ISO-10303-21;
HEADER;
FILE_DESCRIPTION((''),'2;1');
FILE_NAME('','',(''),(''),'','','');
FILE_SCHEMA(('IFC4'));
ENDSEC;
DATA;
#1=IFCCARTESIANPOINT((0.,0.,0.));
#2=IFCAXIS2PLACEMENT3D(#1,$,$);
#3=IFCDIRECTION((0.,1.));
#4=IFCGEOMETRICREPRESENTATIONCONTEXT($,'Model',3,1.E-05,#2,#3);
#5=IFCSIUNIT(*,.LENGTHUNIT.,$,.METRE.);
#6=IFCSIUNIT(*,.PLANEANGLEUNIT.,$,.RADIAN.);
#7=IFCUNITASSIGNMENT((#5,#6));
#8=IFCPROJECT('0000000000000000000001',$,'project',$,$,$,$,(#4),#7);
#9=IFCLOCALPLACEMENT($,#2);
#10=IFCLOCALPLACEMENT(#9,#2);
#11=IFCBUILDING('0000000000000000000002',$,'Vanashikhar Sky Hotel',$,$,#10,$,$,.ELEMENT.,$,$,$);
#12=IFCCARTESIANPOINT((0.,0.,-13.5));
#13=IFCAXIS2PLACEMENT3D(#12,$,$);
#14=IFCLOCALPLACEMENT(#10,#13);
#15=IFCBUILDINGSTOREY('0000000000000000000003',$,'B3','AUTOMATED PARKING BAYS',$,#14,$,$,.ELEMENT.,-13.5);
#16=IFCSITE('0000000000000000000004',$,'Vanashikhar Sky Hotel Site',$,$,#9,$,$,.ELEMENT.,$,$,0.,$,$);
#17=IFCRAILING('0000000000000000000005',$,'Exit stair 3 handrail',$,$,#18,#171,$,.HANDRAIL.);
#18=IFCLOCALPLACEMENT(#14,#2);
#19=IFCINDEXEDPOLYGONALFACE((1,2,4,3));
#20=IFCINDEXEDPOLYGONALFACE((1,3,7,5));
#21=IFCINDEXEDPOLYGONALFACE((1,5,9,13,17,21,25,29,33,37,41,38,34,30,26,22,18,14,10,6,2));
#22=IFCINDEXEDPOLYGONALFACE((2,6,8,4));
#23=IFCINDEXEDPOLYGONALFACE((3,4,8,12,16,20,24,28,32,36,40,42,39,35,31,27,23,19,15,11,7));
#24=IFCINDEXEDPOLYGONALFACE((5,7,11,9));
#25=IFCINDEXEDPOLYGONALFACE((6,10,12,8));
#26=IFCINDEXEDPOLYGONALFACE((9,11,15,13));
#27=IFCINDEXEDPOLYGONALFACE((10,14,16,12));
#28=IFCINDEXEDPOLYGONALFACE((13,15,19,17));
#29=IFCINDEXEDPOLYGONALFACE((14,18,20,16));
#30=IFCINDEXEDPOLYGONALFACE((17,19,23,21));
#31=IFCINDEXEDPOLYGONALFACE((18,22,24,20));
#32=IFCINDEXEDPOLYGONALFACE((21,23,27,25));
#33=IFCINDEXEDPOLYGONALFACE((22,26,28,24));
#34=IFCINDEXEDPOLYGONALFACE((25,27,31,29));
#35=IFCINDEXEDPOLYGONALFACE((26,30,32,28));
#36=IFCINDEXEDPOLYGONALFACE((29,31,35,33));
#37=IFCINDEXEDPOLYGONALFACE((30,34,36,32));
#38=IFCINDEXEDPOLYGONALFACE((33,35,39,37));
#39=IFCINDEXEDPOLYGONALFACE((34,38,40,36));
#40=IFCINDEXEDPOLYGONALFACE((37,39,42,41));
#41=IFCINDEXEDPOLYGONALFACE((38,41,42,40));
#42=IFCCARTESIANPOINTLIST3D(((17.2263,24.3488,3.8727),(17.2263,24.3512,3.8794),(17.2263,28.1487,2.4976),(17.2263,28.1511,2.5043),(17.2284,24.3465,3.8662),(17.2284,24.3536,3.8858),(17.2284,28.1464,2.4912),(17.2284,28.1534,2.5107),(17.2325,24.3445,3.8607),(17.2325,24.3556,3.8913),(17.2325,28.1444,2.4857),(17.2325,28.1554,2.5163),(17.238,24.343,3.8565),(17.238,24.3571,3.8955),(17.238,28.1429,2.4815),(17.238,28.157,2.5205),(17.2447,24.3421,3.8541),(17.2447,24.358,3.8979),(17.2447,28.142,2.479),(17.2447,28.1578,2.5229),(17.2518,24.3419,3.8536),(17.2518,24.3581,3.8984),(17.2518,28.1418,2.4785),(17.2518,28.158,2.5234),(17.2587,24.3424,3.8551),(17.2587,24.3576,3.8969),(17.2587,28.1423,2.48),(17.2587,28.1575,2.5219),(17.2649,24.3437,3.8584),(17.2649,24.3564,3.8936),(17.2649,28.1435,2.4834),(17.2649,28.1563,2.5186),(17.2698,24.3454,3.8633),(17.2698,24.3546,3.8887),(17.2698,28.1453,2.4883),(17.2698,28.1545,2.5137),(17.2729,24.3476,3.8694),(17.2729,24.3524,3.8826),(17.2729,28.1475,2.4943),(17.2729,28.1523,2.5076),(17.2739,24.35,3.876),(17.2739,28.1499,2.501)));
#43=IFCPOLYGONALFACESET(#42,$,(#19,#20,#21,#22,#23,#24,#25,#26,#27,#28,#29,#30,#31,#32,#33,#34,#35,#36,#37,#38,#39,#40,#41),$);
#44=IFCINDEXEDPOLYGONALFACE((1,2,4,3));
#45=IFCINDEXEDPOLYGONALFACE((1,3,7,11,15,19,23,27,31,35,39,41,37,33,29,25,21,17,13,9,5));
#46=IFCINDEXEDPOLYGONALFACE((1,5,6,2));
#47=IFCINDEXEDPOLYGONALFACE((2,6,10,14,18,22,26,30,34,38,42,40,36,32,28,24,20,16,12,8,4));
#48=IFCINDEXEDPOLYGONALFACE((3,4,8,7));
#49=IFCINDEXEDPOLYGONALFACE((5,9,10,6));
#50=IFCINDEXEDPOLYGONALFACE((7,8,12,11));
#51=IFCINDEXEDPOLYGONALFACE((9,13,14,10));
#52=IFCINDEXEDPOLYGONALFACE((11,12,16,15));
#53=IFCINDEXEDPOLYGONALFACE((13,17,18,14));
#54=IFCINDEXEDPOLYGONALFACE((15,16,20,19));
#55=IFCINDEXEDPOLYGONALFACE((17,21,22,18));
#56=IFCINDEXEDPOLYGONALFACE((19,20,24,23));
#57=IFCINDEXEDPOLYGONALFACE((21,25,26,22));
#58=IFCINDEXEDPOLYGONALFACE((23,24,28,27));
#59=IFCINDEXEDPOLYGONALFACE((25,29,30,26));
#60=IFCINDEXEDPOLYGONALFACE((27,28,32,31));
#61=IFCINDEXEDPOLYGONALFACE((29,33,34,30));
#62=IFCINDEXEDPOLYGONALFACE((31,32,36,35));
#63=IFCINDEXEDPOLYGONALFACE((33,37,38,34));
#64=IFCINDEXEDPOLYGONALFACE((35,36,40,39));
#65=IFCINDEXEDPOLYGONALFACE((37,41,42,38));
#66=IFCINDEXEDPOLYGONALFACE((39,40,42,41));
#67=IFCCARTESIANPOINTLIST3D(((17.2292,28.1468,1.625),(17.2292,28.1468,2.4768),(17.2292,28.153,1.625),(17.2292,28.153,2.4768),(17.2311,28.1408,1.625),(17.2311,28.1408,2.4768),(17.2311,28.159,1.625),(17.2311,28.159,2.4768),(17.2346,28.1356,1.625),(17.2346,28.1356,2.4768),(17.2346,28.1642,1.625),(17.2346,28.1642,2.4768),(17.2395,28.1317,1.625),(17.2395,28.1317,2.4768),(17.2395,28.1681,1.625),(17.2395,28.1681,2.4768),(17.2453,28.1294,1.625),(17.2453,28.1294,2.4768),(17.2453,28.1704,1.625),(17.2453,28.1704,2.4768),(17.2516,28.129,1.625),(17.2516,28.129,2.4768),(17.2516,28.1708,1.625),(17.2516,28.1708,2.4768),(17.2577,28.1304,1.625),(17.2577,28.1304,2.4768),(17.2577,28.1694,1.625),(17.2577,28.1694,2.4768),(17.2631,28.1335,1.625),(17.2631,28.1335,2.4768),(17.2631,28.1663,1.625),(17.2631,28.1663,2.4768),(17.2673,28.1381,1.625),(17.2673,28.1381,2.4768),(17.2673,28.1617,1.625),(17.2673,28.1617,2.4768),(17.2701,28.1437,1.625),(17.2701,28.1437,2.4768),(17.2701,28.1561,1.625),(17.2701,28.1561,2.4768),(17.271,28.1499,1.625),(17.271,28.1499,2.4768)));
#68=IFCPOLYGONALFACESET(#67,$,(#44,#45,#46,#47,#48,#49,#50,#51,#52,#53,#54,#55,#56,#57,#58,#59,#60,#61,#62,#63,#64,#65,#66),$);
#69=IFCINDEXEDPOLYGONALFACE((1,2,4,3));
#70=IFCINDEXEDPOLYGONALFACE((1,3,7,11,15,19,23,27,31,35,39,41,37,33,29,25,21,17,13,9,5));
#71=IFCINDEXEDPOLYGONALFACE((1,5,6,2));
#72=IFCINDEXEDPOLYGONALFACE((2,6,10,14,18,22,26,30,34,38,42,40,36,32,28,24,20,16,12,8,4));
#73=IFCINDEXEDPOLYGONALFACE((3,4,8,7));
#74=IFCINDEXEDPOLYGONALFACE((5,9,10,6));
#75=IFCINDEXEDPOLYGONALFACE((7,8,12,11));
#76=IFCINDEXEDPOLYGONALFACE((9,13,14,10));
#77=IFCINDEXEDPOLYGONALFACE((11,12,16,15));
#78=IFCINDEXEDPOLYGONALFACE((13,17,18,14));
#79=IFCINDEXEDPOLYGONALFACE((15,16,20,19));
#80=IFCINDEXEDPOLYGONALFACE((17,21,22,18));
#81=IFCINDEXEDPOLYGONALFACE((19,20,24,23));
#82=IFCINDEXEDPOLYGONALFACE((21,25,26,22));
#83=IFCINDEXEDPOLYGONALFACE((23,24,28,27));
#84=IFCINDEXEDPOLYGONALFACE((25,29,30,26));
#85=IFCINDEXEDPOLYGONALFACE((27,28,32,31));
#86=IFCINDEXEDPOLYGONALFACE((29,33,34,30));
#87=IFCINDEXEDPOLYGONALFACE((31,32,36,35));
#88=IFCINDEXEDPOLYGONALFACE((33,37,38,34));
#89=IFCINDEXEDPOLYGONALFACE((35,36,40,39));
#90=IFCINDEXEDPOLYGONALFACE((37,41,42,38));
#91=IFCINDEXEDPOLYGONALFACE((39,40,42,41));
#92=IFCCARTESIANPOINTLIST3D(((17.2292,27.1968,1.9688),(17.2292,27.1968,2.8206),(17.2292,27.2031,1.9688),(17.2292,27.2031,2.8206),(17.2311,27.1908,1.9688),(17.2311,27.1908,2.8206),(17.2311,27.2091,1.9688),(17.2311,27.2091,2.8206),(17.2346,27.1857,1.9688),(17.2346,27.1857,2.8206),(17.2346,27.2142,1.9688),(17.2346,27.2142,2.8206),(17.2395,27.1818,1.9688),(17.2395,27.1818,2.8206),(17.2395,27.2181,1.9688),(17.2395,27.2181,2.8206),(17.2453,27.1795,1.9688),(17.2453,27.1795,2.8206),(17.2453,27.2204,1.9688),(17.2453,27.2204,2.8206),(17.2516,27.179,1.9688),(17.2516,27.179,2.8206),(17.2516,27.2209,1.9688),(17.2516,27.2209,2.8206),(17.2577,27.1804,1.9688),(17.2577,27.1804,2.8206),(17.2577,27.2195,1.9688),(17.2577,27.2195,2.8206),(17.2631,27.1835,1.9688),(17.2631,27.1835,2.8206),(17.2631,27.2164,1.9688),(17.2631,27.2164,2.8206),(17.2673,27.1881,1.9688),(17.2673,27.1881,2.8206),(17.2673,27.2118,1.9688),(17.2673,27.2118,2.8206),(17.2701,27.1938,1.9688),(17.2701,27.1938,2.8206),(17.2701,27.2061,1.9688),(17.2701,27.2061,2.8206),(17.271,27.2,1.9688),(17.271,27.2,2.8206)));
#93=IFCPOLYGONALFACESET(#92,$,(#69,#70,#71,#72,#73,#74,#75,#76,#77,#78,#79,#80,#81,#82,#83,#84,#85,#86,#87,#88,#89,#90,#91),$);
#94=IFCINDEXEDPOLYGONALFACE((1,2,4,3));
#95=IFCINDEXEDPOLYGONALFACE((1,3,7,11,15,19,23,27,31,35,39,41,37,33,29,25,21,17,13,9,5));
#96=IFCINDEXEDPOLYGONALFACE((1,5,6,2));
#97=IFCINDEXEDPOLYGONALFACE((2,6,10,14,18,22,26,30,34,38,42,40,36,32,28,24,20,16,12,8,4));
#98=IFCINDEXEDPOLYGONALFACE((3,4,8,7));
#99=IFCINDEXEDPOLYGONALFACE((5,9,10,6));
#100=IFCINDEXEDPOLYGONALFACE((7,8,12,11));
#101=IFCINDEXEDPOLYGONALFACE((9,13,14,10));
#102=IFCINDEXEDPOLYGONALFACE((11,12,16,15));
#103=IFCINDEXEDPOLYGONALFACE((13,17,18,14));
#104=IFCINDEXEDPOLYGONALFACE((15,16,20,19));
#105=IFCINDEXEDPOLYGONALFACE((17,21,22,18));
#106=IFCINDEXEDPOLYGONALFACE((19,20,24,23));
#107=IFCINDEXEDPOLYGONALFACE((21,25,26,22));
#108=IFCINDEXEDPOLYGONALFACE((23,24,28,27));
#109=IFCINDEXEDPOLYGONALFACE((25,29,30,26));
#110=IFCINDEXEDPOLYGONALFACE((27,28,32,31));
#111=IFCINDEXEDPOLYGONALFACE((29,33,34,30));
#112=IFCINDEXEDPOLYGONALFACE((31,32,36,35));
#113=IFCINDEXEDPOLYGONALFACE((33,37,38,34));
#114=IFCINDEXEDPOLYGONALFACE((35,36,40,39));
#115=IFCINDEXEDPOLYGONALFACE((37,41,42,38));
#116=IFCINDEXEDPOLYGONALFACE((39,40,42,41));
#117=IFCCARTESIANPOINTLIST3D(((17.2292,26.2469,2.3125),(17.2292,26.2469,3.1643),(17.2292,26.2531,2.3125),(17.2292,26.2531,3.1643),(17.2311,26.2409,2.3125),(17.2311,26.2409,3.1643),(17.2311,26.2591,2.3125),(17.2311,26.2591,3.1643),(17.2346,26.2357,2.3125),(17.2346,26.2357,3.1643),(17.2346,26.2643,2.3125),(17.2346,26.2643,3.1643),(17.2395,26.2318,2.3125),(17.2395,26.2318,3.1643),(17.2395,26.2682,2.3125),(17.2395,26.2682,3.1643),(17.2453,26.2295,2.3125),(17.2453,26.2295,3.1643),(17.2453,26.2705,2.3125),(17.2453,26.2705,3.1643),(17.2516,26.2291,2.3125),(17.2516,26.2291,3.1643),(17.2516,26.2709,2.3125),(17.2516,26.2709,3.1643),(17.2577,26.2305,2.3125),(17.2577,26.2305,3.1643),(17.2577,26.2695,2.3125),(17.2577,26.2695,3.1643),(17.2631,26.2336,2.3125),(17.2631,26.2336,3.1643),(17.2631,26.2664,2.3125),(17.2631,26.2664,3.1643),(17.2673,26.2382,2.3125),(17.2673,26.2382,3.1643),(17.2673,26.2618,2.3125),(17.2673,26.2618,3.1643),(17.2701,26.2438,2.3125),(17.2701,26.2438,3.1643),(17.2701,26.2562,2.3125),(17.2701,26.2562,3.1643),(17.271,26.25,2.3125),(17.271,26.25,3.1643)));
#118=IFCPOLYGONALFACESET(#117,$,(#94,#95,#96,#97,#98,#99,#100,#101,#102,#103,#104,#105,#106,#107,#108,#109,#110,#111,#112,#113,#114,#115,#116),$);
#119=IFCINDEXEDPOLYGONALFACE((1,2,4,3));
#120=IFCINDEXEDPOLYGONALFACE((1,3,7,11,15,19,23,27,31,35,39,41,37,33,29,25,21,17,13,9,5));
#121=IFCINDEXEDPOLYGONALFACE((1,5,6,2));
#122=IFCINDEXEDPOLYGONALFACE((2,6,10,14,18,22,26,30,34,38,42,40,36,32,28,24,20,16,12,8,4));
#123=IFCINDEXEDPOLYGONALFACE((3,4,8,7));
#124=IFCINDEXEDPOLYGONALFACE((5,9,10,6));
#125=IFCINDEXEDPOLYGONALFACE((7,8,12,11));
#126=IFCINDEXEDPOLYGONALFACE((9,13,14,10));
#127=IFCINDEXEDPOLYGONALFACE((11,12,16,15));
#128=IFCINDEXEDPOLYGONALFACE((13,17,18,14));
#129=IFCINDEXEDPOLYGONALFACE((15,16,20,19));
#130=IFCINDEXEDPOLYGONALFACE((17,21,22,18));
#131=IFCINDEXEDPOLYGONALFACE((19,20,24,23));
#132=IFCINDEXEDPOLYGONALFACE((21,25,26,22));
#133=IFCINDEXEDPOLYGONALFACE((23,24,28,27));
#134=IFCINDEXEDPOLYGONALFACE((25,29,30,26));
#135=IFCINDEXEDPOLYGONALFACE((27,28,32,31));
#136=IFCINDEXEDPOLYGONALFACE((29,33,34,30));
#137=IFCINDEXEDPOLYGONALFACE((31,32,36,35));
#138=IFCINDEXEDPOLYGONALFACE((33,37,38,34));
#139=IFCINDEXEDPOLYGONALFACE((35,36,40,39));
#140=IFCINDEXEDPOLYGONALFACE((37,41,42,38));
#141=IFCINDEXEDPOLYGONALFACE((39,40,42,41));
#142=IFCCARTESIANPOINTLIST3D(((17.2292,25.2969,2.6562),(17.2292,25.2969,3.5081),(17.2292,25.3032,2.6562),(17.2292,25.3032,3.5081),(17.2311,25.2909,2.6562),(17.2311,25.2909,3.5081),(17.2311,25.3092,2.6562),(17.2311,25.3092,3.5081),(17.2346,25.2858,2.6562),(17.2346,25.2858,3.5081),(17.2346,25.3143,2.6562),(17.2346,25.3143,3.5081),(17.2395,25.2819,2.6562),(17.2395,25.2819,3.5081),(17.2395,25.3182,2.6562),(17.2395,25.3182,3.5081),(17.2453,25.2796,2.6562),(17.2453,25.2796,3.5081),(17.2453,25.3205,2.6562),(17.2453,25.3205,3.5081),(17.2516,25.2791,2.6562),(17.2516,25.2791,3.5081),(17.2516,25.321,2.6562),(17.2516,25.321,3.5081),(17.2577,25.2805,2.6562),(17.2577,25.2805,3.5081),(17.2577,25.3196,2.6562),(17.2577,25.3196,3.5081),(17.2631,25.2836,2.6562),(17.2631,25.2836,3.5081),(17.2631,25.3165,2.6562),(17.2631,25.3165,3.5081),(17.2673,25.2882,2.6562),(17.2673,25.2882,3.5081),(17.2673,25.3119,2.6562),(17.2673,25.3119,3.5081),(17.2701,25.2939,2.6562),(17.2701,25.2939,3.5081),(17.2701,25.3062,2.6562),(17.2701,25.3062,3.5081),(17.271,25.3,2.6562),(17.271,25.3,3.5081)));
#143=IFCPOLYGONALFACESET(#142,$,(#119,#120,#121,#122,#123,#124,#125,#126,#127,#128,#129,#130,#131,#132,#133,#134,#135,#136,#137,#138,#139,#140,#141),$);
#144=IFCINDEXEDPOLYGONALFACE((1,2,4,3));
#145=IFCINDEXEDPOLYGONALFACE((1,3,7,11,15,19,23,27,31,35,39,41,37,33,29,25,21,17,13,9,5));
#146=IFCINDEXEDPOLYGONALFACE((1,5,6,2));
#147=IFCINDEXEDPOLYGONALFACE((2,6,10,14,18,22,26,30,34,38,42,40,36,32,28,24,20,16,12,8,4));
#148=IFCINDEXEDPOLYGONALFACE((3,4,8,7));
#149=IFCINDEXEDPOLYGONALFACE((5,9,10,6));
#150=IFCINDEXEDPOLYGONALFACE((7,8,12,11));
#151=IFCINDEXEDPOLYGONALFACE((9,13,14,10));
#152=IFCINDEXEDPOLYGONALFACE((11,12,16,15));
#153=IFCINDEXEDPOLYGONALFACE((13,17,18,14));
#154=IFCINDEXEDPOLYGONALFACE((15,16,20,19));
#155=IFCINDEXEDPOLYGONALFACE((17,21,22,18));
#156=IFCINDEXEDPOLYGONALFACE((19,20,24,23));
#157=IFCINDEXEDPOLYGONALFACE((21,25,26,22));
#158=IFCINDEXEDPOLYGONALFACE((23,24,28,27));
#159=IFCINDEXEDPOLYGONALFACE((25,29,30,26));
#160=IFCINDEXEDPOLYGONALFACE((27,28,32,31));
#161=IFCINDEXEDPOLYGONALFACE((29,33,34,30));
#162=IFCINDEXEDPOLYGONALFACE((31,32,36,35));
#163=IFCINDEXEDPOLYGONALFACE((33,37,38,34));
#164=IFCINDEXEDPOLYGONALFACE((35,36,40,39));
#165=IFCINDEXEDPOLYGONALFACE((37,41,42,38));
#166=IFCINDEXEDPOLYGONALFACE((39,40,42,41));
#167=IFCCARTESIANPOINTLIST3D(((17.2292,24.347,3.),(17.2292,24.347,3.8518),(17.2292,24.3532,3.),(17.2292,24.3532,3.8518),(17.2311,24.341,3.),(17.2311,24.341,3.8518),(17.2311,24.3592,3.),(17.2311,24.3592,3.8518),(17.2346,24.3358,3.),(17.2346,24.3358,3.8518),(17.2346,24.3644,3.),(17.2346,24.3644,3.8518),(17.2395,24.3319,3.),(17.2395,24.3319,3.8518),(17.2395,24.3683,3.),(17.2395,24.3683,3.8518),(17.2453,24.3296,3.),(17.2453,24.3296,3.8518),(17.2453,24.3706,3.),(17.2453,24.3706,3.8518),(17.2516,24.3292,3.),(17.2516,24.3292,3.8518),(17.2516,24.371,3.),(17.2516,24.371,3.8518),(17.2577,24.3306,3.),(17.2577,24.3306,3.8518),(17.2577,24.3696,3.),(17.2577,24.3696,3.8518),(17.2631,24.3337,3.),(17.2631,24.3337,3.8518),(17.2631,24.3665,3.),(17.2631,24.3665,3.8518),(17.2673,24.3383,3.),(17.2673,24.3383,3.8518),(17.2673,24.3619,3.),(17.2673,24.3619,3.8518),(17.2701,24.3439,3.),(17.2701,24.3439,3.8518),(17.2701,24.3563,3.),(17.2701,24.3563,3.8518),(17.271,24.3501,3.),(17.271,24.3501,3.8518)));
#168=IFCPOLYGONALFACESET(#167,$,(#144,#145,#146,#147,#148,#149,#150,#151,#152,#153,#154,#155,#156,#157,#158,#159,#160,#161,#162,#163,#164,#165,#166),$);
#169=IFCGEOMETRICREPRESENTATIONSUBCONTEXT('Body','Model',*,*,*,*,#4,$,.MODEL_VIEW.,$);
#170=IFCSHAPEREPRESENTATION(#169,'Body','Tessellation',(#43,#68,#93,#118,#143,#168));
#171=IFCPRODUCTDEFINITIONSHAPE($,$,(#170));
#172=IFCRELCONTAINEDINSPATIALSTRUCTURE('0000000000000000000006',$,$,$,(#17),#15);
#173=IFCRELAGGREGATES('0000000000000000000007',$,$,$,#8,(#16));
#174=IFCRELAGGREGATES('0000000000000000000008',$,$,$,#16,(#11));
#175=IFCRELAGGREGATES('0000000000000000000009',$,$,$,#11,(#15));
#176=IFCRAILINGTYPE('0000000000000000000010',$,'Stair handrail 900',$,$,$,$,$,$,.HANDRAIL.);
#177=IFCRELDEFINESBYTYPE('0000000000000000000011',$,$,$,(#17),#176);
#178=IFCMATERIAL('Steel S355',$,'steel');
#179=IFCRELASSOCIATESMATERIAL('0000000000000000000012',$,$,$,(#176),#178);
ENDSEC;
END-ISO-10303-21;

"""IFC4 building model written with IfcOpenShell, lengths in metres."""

from ifc_helpers import new_model, si_unit, direction, frame, origin, origin_2d, place, context, subcontext, project, spatial, circle, extrude, source, transform, mapped, material, type_object, element, save


model = new_model("IFC4")

# Units and contexts
model_context = context("Model", 3, precision=1e-05, world=origin(), true_north=direction((0.0, 1.0)))
body_context = subcontext(model_context, "Body", "Model", "MODEL_VIEW")
ifc_project = project(units=[si_unit("LENGTHUNIT", "METRE"), si_unit("PLANEANGLEUNIT", "RADIAN")], contexts=[model_context])

# Site, building, storey
site_placement = place(None, origin())
site = spatial("IfcSite", under=ifc_project, at=site_placement, Name="Vanashikhar Sky Hotel Site", CompositionType="ELEMENT", RefElevation=0.0)
building_placement = place(site_placement, origin())
building = spatial("IfcBuilding", under=site, at=building_placement, Name="Vanashikhar Sky Hotel", CompositionType="ELEMENT")
storey_placement = place(building_placement, frame((0.0, 0.0, -13.5)))
storey = spatial("IfcBuildingStorey", under=building, at=storey_placement, Name="B3", Description="AUTOMATED PARKING BAYS", CompositionType="ELEMENT", Elevation=-13.5)

# Railing
ifc_material_1 = material(Name="Steel S355", Category="steel")
railing_type_1 = type_object("IfcRailingType", Name="Stair handrail 900", PredefinedType="HANDRAIL", material=ifc_material_1)
shared_shape_1 = source(origin(), body_context, "Body", "SweptSolid", [
    extrude(circle(Radius=0.0239, at=origin_2d()), frame((0.0, 0.0, 0.876), z_axis=(0.0, -0.940329, 0.340268), x_axis=(1.0, 0.0, 0.0)), (0.0, 0.0, 1.0), 4.041),
    extrude(circle(Radius=0.021, at=origin_2d()), origin(), (0.0, 0.0, 1.0), 0.8518),
    extrude(circle(Radius=0.021, at=origin_2d()), frame((0.0, -0.95, 0.3438)), (0.0, 0.0, 1.0), 0.8518),
    extrude(circle(Radius=0.021, at=origin_2d()), frame((0.0, -1.8999, 0.6875)), (0.0, 0.0, 1.0), 0.8518),
    extrude(circle(Radius=0.021, at=origin_2d()), frame((0.0, -2.8499, 1.0312)), (0.0, 0.0, 1.0), 0.8518),
    extrude(circle(Radius=0.021, at=origin_2d()), frame((0.0, -3.7998, 1.375)), (0.0, 0.0, 1.0), 0.8518),
])
railing_1_placement = place(storey_placement, frame((17.25, 28.1499, 1.625)))
element("IfcRailing", 1, at=railing_1_placement, inside=storey, type_object=railing_type_1, Name="Exit stair 3 handrail", PredefinedType="HANDRAIL", context=body_context, shape_type="MappedRepresentation", body=[
    mapped(shared_shape_1, transform((0.0, 0.0, 0.0), scale=1.0)),
])

save(model, "model.ifc")
